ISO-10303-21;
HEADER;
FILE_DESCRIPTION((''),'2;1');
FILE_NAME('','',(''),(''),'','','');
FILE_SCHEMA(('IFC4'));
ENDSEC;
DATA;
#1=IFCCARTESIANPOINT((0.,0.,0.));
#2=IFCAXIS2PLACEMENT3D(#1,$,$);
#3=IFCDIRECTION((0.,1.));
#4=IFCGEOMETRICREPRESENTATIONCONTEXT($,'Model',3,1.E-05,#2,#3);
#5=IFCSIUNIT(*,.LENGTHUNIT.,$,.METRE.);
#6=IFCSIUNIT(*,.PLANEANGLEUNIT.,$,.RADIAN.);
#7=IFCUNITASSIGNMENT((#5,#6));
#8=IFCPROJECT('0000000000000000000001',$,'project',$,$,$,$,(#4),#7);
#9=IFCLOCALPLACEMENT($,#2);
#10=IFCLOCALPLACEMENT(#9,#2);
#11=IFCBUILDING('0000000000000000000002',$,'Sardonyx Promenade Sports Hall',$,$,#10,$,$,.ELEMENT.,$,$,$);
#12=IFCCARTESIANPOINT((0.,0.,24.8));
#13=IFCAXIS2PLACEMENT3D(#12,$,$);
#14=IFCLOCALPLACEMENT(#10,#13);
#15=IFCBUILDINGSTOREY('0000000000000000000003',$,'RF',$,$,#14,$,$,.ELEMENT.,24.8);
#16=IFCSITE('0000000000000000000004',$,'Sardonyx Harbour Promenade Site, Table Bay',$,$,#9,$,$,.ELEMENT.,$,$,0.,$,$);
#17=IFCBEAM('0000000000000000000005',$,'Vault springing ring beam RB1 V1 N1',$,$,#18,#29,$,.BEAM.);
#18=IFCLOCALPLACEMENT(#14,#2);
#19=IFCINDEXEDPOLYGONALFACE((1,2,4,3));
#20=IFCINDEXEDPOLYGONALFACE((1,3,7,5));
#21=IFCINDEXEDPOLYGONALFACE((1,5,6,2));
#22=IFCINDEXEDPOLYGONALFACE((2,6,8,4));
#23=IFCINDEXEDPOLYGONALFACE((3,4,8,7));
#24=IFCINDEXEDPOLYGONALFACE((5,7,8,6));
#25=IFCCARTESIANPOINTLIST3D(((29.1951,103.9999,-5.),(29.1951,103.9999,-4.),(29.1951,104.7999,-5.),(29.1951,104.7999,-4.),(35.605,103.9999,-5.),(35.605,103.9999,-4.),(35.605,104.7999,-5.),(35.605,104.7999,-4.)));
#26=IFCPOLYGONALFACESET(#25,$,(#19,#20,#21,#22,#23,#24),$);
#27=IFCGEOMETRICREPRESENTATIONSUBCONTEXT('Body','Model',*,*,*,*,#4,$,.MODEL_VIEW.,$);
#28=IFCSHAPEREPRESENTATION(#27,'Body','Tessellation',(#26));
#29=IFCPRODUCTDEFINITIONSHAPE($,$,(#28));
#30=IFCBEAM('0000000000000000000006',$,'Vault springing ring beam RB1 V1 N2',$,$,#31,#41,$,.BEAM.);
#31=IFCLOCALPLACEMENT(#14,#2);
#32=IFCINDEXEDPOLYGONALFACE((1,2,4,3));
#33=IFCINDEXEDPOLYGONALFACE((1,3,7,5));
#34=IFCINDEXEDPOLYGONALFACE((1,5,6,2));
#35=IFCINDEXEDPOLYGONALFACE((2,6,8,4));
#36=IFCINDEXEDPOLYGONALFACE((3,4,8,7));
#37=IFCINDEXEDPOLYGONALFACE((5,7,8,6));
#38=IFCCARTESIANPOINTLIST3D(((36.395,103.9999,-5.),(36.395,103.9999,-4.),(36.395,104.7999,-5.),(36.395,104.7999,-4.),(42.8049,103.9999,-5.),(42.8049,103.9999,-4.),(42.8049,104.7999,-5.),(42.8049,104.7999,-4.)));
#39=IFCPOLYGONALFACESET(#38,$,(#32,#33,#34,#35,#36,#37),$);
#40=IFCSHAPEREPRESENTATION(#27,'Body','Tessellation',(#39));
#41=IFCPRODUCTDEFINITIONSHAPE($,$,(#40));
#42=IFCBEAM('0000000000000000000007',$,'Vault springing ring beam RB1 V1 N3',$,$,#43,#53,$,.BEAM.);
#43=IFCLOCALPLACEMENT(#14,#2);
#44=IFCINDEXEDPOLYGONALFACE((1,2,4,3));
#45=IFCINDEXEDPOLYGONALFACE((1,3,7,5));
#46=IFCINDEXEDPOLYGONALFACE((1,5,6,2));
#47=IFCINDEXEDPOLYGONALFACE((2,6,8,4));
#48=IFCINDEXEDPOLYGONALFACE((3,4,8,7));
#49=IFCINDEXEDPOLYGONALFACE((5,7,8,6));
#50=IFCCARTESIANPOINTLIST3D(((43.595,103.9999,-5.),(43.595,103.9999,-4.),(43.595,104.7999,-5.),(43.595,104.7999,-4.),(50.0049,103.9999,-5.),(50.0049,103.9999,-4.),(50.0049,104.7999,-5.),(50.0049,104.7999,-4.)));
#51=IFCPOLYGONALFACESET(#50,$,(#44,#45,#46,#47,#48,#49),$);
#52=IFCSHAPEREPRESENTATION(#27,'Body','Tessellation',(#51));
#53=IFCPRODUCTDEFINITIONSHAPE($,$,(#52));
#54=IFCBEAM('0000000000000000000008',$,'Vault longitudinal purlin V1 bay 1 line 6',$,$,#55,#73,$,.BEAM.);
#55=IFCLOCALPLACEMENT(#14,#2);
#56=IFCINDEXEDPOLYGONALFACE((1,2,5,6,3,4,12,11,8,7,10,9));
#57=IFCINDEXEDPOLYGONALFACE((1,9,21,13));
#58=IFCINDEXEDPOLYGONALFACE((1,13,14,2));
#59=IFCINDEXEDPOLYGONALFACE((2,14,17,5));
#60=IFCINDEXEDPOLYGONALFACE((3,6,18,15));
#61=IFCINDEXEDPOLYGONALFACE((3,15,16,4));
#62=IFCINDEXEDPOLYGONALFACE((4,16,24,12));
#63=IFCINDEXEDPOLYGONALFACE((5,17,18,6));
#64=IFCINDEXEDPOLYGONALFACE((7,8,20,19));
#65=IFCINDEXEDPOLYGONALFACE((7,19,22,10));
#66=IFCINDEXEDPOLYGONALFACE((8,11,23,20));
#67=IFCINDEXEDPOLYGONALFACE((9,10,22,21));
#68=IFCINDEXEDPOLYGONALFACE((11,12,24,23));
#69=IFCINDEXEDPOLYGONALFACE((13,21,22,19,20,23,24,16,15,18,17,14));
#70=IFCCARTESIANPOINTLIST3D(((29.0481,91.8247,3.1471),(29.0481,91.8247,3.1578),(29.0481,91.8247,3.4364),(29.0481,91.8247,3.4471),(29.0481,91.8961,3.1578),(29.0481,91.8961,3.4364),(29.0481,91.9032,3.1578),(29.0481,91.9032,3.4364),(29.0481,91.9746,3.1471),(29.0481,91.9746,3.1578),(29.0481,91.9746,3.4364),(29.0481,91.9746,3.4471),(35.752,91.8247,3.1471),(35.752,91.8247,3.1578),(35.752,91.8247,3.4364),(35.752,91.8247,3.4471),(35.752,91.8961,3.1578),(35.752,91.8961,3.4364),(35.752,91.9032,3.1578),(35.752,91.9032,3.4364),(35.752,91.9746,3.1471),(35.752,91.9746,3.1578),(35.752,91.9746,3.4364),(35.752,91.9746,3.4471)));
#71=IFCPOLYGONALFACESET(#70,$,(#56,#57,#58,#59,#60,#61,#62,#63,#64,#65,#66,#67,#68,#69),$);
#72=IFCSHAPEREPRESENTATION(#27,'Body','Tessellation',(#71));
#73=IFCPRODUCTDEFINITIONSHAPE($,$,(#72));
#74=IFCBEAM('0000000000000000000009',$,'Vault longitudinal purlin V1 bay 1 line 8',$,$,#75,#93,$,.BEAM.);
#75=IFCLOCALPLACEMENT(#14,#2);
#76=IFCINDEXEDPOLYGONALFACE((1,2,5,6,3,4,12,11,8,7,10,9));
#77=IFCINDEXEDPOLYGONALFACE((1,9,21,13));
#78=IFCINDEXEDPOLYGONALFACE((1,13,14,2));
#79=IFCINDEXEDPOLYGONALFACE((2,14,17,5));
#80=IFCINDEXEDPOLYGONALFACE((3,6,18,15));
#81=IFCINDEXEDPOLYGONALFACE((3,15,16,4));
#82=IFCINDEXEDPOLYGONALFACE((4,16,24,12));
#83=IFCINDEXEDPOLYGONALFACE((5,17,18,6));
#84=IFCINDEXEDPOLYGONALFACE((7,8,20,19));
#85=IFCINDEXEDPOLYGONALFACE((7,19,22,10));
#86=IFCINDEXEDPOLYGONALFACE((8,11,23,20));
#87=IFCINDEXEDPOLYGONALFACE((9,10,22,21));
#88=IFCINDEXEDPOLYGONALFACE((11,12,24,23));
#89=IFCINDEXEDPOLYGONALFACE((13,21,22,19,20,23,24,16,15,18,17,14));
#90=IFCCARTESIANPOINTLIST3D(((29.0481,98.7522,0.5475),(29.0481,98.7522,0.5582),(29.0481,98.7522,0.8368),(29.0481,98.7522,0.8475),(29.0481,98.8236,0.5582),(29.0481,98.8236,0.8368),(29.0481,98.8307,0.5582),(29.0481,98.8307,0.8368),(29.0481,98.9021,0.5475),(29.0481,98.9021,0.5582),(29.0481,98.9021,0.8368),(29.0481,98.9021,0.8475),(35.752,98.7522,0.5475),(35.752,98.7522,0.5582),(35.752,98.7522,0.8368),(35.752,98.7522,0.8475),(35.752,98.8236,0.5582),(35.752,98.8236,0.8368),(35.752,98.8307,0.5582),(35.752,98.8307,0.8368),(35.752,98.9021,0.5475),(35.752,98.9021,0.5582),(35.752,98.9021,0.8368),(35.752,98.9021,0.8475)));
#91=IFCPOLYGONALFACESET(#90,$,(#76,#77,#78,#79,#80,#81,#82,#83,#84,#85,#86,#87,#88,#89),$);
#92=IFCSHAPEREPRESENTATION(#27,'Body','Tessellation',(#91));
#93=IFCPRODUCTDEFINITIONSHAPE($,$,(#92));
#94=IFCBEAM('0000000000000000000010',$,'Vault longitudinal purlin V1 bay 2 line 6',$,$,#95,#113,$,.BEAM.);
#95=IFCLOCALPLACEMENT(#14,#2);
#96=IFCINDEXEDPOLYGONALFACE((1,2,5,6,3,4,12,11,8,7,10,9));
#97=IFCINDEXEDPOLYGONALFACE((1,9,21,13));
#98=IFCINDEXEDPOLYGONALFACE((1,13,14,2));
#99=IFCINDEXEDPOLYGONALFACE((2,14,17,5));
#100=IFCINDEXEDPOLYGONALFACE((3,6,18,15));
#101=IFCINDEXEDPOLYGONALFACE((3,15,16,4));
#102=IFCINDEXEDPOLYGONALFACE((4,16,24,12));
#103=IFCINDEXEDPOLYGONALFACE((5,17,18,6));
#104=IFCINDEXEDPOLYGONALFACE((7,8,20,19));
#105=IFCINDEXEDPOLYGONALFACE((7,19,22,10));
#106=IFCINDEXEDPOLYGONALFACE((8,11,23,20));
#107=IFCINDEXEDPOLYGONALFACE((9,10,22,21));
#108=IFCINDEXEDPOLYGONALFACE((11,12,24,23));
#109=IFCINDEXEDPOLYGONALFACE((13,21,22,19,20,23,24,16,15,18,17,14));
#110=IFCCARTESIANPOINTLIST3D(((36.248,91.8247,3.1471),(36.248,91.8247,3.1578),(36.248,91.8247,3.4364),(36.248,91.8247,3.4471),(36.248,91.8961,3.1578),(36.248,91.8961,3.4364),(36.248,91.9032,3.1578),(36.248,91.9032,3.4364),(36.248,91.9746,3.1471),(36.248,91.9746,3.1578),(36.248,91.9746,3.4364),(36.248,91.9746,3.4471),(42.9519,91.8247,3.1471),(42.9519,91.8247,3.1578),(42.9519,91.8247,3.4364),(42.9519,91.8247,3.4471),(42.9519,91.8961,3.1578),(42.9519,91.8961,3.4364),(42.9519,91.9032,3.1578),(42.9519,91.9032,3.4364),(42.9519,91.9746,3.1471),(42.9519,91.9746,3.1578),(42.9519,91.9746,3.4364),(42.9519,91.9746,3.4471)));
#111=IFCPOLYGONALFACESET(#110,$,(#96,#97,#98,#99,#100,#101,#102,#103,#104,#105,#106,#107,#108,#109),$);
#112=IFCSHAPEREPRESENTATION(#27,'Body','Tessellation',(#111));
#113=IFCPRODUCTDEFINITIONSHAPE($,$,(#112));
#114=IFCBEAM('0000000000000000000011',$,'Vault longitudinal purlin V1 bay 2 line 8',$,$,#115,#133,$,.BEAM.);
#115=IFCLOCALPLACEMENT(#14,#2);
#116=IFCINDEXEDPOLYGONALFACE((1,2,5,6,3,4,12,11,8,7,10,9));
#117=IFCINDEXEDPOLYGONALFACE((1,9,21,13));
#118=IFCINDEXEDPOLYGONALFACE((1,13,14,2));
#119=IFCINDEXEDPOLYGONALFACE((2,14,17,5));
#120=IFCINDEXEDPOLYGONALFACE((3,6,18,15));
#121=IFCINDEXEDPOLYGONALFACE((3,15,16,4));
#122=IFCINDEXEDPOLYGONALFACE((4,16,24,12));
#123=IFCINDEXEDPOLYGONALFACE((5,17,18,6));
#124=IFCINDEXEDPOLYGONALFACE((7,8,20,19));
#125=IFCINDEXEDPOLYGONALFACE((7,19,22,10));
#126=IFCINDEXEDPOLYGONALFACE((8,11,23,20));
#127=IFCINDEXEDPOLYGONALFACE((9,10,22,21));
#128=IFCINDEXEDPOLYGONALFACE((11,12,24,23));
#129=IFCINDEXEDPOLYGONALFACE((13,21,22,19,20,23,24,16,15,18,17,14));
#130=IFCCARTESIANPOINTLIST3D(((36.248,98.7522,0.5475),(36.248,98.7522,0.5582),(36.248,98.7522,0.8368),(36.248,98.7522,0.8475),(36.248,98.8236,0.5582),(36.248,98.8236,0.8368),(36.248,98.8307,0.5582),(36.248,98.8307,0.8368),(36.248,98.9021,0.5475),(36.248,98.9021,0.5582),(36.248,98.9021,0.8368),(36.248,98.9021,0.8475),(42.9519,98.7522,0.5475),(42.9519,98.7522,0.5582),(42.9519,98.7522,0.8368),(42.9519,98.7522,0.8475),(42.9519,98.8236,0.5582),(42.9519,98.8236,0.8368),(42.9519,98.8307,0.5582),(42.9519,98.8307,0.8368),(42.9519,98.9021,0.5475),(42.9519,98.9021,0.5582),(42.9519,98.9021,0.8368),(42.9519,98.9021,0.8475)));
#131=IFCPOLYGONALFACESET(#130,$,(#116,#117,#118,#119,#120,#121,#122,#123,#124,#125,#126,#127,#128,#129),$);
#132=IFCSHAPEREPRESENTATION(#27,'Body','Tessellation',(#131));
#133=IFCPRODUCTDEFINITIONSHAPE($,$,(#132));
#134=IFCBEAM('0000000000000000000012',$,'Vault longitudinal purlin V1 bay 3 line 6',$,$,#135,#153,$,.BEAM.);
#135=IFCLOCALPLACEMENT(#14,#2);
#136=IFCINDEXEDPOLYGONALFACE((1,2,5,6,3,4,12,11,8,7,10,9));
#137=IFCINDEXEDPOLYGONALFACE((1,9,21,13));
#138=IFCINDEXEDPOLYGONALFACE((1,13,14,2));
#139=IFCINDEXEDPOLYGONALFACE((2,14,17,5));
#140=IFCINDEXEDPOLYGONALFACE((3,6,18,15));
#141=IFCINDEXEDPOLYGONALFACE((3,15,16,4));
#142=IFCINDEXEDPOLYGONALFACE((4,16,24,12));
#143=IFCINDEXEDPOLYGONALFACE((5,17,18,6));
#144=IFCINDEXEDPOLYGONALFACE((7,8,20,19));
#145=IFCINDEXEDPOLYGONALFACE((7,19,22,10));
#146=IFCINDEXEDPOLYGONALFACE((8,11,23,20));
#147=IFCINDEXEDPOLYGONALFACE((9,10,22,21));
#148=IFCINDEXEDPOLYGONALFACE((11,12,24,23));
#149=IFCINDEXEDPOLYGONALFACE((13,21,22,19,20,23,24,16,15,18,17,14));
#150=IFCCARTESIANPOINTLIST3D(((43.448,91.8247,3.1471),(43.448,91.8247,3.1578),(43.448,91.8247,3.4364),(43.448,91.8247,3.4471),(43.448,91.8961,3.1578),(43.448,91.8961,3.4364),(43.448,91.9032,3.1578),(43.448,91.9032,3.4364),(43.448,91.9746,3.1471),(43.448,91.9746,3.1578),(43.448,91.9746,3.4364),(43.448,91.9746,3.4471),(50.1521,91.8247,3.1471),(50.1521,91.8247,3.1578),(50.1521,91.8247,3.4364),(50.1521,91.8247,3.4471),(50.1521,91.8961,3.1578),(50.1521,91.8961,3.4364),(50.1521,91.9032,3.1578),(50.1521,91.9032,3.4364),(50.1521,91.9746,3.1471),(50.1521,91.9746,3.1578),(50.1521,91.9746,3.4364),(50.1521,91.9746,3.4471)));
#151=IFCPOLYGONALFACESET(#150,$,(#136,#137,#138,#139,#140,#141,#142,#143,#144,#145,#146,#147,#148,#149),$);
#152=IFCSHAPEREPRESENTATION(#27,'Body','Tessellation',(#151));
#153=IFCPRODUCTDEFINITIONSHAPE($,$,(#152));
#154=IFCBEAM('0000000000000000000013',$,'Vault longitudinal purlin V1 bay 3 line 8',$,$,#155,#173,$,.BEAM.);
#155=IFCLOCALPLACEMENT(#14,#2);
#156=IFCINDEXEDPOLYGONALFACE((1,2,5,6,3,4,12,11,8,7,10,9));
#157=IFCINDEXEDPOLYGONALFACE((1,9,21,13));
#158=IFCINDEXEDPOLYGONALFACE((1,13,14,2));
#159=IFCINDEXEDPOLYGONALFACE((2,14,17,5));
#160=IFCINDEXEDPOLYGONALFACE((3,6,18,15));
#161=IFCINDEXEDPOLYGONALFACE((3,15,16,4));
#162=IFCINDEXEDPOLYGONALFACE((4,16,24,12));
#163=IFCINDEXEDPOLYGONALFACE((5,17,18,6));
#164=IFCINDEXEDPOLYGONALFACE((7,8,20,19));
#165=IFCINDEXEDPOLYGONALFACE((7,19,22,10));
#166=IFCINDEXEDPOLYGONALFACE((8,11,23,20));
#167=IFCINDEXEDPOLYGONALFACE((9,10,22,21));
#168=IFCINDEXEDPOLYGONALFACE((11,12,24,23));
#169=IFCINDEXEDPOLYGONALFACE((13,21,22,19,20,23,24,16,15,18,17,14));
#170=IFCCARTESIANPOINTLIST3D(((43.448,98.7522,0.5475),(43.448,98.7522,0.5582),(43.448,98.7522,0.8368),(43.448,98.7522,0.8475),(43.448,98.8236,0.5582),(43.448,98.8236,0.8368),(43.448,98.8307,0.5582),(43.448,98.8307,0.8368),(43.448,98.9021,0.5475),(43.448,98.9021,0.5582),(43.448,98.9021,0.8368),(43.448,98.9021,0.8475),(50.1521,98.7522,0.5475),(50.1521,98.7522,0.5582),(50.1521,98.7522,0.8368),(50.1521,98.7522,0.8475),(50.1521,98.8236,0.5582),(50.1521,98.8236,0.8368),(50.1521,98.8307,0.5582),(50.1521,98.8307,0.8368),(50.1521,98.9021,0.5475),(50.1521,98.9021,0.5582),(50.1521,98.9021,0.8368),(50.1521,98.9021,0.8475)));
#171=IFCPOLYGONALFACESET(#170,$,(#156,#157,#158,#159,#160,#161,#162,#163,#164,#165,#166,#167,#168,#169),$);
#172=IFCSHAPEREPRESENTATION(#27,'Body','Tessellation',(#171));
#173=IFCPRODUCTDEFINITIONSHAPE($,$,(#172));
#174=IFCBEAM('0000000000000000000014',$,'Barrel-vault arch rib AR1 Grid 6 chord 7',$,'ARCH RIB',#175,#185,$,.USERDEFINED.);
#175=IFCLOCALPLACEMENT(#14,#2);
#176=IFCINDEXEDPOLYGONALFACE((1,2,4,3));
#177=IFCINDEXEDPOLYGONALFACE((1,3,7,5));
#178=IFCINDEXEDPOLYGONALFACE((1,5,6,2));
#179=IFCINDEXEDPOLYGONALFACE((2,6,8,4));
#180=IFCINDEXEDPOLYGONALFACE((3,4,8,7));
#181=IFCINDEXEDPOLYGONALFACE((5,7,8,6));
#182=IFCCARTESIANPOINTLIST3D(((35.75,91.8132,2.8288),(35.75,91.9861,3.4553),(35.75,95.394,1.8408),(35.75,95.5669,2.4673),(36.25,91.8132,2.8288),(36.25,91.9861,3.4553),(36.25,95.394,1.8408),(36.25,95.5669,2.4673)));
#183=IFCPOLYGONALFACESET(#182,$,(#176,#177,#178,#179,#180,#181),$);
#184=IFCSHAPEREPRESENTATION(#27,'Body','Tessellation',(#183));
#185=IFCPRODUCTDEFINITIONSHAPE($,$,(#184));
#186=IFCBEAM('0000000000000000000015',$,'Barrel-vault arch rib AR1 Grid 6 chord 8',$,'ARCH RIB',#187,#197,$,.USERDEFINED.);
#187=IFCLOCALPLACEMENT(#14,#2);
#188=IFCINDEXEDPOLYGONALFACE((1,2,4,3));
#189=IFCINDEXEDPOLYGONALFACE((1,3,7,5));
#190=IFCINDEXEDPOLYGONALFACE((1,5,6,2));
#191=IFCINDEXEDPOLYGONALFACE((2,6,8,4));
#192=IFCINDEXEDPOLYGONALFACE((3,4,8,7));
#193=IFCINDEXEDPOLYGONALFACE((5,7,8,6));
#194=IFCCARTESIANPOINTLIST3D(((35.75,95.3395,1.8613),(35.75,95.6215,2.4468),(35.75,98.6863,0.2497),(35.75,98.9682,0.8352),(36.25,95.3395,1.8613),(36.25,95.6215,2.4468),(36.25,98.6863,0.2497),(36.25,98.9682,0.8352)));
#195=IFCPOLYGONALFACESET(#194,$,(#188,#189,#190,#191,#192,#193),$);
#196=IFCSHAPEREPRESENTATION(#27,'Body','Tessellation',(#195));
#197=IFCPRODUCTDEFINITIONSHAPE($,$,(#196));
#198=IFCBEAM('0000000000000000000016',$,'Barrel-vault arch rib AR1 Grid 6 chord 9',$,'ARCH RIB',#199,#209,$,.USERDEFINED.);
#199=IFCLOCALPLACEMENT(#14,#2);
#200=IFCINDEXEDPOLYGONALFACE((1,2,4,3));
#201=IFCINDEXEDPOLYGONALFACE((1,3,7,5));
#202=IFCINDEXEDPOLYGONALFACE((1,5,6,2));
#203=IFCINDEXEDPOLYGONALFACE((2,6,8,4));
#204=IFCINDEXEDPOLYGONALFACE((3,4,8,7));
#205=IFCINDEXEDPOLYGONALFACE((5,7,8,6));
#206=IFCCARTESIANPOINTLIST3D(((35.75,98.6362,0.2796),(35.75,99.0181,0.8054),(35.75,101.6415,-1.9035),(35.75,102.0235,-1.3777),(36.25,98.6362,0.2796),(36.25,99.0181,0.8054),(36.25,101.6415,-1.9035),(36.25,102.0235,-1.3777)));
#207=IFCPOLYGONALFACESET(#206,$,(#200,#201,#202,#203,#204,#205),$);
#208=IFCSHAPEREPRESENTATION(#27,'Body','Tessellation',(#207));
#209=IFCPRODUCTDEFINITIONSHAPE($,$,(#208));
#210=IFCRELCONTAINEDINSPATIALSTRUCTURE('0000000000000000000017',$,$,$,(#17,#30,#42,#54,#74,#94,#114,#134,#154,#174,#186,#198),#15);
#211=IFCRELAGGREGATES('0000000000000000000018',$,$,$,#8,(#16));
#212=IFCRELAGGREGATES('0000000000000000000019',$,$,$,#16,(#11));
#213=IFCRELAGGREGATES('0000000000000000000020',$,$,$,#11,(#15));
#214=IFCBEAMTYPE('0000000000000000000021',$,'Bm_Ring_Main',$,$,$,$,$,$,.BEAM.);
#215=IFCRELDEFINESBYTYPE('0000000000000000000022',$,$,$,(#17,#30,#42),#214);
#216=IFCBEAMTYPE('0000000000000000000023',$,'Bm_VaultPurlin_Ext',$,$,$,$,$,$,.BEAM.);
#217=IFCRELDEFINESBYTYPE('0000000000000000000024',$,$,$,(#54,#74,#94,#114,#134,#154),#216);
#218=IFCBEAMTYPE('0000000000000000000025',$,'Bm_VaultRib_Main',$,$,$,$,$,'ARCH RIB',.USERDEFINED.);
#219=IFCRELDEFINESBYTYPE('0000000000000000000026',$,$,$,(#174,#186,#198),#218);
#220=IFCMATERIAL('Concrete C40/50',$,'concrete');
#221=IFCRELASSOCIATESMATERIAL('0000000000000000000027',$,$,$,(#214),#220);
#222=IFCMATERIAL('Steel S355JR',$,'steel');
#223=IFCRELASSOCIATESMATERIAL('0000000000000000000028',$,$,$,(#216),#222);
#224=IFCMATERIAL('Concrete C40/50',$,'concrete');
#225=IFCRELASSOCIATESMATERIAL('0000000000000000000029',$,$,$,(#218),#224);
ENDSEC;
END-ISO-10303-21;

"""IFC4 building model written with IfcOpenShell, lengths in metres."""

from ifc_helpers import new_model, si_unit, direction, frame, origin, origin_2d, place, context, subcontext, project, spatial, rectangle, i_section, extrude, material, material_profile, profile_set, type_object, element, save


model = new_model("IFC4")

# Units and contexts
model_context = context("Model", 3, precision=1e-05, world=origin(), true_north=direction((0.0, 1.0)))
body_context = subcontext(model_context, "Body", "Model", "MODEL_VIEW")
ifc_project = project(units=[si_unit("LENGTHUNIT", "METRE"), si_unit("PLANEANGLEUNIT", "RADIAN")], contexts=[model_context])

# Site, building, storey
site_placement = place(None, origin())
site = spatial("IfcSite", under=ifc_project, at=site_placement, Name="Sardonyx Harbour Promenade Site, Table Bay", CompositionType="ELEMENT", RefElevation=0.0)
building_placement = place(site_placement, origin())
building = spatial("IfcBuilding", under=site, at=building_placement, Name="Sardonyx Promenade Sports Hall", CompositionType="ELEMENT")
storey_placement = place(building_placement, frame((0.0, 0.0, 24.8)))
storey = spatial("IfcBuildingStorey", under=building, at=storey_placement, Name="RF", CompositionType="ELEMENT", Elevation=24.8)

# Beams
ifc_material_1 = material(Name="Concrete C40/50", Category="concrete")
ifc_material_profile_1 = material_profile(ifc_material_1, rectangle(XDim=0.8, YDim=1.0, at=origin_2d()))
ifc_profile_set_1 = profile_set([ifc_material_profile_1], Name="Concrete C40/50")
beam_type_1 = type_object("IfcBeamType", Name="Bm_Ring_Main", PredefinedType="BEAM", material=ifc_profile_set_1)
for number, where, z_axis, x_axis, name in (
    (1, (29.1951, 104.3999, -4.5), (1.0, 0.0, 0.0), (0.0, 1.0, 0.0), "Vault springing ring beam RB1 V1 N1"),
    (2, (36.395, 104.3999, -4.5), (1.0, 0.0, 0.0), (0.0, 1.0, 0.0), "Vault springing ring beam RB1 V1 N2"),
    (3, (43.595, 104.3999, -4.5), (1.0, 0.0, 0.0), (0.0, 1.0, 0.0), "Vault springing ring beam RB1 V1 N3"),
):
    element("IfcBeam", number, at=place(storey_placement, frame(where, z_axis=z_axis, x_axis=x_axis)), inside=storey, type_object=beam_type_1, Name=name, PredefinedType="BEAM", context=body_context, shape_type="SweptSolid", body=[
        extrude(rectangle(XDim=0.8, YDim=1.0, at=origin_2d()), origin(), (0.0, 0.0, 1.0), 6.4099),
    ])
ifc_material_2 = material(Name="Steel S355JR", Category="steel")
ifc_material_profile_2 = material_profile(ifc_material_2, i_section(OverallWidth=0.1499, OverallDepth=0.3, WebThickness=0.0071, FlangeThickness=0.0107, at=origin_2d()))
ifc_profile_set_2 = profile_set([ifc_material_profile_2], Name="Steel S355JR")
beam_type_2 = type_object("IfcBeamType", Name="Bm_VaultPurlin_Ext", PredefinedType="BEAM", material=ifc_profile_set_2)
for number, where, z_axis, x_axis, name in (
    (4, (29.0481, 91.8997, 3.2971), (1.0, 0.0, 0.0), (0.0, 1.0, 0.0), "Vault longitudinal purlin V1 bay 1 line 6"),
    (5, (29.0481, 98.8271, 0.6975), (1.0, 0.0, 0.0), (0.0, 1.0, 0.0), "Vault longitudinal purlin V1 bay 1 line 8"),
    (6, (36.248, 91.8997, 3.2971), (1.0, 0.0, 0.0), (0.0, 1.0, 0.0), "Vault longitudinal purlin V1 bay 2 line 6"),
    (7, (36.248, 98.8271, 0.6975), (1.0, 0.0, 0.0), (0.0, 1.0, 0.0), "Vault longitudinal purlin V1 bay 2 line 8"),
):
    element("IfcBeam", number, at=place(storey_placement, frame(where, z_axis=z_axis, x_axis=x_axis)), inside=storey, type_object=beam_type_2, Name=name, PredefinedType="BEAM", context=body_context, shape_type="SweptSolid", body=[
        extrude(i_section(OverallWidth=0.1499, OverallDepth=0.3, WebThickness=0.0071, FlangeThickness=0.0107, at=origin_2d()), origin(), (0.0, 0.0, 1.0), 6.7039),
    ])
for number, where, z_axis, x_axis, name in (
    (8, (43.448, 91.8997, 3.2971), (1.0, 0.0, 0.0), (0.0, 1.0, 0.0), "Vault longitudinal purlin V1 bay 3 line 6"),
    (9, (43.448, 98.8271, 0.6975), (1.0, 0.0, 0.0), (0.0, 1.0, 0.0), "Vault longitudinal purlin V1 bay 3 line 8"),
):
    element("IfcBeam", number, at=place(storey_placement, frame(where, z_axis=z_axis, x_axis=x_axis)), inside=storey, type_object=beam_type_2, Name=name, PredefinedType="BEAM", context=body_context, shape_type="SweptSolid", body=[
        extrude(i_section(OverallWidth=0.1499, OverallDepth=0.3, WebThickness=0.0071, FlangeThickness=0.0107, at=origin_2d()), origin(), (0.0, 0.0, 1.0), 6.7041),
    ])
ifc_material_3 = material(Name="Concrete C40/50", Category="concrete")
ifc_material_profile_3 = material_profile(ifc_material_3, rectangle(XDim=0.5, YDim=0.6499, at=origin_2d()))
ifc_profile_set_3 = profile_set([ifc_material_profile_3], Name="Concrete C40/50")
beam_type_3 = type_object("IfcBeamType", Name="Bm_VaultRib_Main", ElementType="ARCH RIB", PredefinedType="USERDEFINED", material=ifc_profile_set_3)
for number, where, z_axis, x_axis, name in (
    (10, (36.0, 91.8997, 3.1421), (0.0, 0.963977, -0.265986), (-1.0, 0.0, 0.0), "Barrel-vault arch rib AR1 Grid 6 chord 7"),
    (11, (36.0, 95.4805, 2.1541), (0.0, 0.90098, -0.433861), (-1.0, 0.0, 0.0), "Barrel-vault arch rib AR1 Grid 6 chord 8"),
    (12, (36.0, 98.8271, 0.5425), (0.0, 0.809071, -0.58771), (-1.0, 0.0, 0.0), "Barrel-vault arch rib AR1 Grid 6 chord 9"),
):
    element("IfcBeam", number, at=place(storey_placement, frame(where, z_axis=z_axis, x_axis=x_axis)), inside=storey, type_object=beam_type_3, Name=name, ObjectType="ARCH RIB", PredefinedType="USERDEFINED", context=body_context, shape_type="SweptSolid", body=[
        extrude(rectangle(XDim=0.5, YDim=0.6499, at=origin_2d()), origin(), (0.0, 0.0, 1.0), 3.7146),
    ])

save(model, "model.ifc")
